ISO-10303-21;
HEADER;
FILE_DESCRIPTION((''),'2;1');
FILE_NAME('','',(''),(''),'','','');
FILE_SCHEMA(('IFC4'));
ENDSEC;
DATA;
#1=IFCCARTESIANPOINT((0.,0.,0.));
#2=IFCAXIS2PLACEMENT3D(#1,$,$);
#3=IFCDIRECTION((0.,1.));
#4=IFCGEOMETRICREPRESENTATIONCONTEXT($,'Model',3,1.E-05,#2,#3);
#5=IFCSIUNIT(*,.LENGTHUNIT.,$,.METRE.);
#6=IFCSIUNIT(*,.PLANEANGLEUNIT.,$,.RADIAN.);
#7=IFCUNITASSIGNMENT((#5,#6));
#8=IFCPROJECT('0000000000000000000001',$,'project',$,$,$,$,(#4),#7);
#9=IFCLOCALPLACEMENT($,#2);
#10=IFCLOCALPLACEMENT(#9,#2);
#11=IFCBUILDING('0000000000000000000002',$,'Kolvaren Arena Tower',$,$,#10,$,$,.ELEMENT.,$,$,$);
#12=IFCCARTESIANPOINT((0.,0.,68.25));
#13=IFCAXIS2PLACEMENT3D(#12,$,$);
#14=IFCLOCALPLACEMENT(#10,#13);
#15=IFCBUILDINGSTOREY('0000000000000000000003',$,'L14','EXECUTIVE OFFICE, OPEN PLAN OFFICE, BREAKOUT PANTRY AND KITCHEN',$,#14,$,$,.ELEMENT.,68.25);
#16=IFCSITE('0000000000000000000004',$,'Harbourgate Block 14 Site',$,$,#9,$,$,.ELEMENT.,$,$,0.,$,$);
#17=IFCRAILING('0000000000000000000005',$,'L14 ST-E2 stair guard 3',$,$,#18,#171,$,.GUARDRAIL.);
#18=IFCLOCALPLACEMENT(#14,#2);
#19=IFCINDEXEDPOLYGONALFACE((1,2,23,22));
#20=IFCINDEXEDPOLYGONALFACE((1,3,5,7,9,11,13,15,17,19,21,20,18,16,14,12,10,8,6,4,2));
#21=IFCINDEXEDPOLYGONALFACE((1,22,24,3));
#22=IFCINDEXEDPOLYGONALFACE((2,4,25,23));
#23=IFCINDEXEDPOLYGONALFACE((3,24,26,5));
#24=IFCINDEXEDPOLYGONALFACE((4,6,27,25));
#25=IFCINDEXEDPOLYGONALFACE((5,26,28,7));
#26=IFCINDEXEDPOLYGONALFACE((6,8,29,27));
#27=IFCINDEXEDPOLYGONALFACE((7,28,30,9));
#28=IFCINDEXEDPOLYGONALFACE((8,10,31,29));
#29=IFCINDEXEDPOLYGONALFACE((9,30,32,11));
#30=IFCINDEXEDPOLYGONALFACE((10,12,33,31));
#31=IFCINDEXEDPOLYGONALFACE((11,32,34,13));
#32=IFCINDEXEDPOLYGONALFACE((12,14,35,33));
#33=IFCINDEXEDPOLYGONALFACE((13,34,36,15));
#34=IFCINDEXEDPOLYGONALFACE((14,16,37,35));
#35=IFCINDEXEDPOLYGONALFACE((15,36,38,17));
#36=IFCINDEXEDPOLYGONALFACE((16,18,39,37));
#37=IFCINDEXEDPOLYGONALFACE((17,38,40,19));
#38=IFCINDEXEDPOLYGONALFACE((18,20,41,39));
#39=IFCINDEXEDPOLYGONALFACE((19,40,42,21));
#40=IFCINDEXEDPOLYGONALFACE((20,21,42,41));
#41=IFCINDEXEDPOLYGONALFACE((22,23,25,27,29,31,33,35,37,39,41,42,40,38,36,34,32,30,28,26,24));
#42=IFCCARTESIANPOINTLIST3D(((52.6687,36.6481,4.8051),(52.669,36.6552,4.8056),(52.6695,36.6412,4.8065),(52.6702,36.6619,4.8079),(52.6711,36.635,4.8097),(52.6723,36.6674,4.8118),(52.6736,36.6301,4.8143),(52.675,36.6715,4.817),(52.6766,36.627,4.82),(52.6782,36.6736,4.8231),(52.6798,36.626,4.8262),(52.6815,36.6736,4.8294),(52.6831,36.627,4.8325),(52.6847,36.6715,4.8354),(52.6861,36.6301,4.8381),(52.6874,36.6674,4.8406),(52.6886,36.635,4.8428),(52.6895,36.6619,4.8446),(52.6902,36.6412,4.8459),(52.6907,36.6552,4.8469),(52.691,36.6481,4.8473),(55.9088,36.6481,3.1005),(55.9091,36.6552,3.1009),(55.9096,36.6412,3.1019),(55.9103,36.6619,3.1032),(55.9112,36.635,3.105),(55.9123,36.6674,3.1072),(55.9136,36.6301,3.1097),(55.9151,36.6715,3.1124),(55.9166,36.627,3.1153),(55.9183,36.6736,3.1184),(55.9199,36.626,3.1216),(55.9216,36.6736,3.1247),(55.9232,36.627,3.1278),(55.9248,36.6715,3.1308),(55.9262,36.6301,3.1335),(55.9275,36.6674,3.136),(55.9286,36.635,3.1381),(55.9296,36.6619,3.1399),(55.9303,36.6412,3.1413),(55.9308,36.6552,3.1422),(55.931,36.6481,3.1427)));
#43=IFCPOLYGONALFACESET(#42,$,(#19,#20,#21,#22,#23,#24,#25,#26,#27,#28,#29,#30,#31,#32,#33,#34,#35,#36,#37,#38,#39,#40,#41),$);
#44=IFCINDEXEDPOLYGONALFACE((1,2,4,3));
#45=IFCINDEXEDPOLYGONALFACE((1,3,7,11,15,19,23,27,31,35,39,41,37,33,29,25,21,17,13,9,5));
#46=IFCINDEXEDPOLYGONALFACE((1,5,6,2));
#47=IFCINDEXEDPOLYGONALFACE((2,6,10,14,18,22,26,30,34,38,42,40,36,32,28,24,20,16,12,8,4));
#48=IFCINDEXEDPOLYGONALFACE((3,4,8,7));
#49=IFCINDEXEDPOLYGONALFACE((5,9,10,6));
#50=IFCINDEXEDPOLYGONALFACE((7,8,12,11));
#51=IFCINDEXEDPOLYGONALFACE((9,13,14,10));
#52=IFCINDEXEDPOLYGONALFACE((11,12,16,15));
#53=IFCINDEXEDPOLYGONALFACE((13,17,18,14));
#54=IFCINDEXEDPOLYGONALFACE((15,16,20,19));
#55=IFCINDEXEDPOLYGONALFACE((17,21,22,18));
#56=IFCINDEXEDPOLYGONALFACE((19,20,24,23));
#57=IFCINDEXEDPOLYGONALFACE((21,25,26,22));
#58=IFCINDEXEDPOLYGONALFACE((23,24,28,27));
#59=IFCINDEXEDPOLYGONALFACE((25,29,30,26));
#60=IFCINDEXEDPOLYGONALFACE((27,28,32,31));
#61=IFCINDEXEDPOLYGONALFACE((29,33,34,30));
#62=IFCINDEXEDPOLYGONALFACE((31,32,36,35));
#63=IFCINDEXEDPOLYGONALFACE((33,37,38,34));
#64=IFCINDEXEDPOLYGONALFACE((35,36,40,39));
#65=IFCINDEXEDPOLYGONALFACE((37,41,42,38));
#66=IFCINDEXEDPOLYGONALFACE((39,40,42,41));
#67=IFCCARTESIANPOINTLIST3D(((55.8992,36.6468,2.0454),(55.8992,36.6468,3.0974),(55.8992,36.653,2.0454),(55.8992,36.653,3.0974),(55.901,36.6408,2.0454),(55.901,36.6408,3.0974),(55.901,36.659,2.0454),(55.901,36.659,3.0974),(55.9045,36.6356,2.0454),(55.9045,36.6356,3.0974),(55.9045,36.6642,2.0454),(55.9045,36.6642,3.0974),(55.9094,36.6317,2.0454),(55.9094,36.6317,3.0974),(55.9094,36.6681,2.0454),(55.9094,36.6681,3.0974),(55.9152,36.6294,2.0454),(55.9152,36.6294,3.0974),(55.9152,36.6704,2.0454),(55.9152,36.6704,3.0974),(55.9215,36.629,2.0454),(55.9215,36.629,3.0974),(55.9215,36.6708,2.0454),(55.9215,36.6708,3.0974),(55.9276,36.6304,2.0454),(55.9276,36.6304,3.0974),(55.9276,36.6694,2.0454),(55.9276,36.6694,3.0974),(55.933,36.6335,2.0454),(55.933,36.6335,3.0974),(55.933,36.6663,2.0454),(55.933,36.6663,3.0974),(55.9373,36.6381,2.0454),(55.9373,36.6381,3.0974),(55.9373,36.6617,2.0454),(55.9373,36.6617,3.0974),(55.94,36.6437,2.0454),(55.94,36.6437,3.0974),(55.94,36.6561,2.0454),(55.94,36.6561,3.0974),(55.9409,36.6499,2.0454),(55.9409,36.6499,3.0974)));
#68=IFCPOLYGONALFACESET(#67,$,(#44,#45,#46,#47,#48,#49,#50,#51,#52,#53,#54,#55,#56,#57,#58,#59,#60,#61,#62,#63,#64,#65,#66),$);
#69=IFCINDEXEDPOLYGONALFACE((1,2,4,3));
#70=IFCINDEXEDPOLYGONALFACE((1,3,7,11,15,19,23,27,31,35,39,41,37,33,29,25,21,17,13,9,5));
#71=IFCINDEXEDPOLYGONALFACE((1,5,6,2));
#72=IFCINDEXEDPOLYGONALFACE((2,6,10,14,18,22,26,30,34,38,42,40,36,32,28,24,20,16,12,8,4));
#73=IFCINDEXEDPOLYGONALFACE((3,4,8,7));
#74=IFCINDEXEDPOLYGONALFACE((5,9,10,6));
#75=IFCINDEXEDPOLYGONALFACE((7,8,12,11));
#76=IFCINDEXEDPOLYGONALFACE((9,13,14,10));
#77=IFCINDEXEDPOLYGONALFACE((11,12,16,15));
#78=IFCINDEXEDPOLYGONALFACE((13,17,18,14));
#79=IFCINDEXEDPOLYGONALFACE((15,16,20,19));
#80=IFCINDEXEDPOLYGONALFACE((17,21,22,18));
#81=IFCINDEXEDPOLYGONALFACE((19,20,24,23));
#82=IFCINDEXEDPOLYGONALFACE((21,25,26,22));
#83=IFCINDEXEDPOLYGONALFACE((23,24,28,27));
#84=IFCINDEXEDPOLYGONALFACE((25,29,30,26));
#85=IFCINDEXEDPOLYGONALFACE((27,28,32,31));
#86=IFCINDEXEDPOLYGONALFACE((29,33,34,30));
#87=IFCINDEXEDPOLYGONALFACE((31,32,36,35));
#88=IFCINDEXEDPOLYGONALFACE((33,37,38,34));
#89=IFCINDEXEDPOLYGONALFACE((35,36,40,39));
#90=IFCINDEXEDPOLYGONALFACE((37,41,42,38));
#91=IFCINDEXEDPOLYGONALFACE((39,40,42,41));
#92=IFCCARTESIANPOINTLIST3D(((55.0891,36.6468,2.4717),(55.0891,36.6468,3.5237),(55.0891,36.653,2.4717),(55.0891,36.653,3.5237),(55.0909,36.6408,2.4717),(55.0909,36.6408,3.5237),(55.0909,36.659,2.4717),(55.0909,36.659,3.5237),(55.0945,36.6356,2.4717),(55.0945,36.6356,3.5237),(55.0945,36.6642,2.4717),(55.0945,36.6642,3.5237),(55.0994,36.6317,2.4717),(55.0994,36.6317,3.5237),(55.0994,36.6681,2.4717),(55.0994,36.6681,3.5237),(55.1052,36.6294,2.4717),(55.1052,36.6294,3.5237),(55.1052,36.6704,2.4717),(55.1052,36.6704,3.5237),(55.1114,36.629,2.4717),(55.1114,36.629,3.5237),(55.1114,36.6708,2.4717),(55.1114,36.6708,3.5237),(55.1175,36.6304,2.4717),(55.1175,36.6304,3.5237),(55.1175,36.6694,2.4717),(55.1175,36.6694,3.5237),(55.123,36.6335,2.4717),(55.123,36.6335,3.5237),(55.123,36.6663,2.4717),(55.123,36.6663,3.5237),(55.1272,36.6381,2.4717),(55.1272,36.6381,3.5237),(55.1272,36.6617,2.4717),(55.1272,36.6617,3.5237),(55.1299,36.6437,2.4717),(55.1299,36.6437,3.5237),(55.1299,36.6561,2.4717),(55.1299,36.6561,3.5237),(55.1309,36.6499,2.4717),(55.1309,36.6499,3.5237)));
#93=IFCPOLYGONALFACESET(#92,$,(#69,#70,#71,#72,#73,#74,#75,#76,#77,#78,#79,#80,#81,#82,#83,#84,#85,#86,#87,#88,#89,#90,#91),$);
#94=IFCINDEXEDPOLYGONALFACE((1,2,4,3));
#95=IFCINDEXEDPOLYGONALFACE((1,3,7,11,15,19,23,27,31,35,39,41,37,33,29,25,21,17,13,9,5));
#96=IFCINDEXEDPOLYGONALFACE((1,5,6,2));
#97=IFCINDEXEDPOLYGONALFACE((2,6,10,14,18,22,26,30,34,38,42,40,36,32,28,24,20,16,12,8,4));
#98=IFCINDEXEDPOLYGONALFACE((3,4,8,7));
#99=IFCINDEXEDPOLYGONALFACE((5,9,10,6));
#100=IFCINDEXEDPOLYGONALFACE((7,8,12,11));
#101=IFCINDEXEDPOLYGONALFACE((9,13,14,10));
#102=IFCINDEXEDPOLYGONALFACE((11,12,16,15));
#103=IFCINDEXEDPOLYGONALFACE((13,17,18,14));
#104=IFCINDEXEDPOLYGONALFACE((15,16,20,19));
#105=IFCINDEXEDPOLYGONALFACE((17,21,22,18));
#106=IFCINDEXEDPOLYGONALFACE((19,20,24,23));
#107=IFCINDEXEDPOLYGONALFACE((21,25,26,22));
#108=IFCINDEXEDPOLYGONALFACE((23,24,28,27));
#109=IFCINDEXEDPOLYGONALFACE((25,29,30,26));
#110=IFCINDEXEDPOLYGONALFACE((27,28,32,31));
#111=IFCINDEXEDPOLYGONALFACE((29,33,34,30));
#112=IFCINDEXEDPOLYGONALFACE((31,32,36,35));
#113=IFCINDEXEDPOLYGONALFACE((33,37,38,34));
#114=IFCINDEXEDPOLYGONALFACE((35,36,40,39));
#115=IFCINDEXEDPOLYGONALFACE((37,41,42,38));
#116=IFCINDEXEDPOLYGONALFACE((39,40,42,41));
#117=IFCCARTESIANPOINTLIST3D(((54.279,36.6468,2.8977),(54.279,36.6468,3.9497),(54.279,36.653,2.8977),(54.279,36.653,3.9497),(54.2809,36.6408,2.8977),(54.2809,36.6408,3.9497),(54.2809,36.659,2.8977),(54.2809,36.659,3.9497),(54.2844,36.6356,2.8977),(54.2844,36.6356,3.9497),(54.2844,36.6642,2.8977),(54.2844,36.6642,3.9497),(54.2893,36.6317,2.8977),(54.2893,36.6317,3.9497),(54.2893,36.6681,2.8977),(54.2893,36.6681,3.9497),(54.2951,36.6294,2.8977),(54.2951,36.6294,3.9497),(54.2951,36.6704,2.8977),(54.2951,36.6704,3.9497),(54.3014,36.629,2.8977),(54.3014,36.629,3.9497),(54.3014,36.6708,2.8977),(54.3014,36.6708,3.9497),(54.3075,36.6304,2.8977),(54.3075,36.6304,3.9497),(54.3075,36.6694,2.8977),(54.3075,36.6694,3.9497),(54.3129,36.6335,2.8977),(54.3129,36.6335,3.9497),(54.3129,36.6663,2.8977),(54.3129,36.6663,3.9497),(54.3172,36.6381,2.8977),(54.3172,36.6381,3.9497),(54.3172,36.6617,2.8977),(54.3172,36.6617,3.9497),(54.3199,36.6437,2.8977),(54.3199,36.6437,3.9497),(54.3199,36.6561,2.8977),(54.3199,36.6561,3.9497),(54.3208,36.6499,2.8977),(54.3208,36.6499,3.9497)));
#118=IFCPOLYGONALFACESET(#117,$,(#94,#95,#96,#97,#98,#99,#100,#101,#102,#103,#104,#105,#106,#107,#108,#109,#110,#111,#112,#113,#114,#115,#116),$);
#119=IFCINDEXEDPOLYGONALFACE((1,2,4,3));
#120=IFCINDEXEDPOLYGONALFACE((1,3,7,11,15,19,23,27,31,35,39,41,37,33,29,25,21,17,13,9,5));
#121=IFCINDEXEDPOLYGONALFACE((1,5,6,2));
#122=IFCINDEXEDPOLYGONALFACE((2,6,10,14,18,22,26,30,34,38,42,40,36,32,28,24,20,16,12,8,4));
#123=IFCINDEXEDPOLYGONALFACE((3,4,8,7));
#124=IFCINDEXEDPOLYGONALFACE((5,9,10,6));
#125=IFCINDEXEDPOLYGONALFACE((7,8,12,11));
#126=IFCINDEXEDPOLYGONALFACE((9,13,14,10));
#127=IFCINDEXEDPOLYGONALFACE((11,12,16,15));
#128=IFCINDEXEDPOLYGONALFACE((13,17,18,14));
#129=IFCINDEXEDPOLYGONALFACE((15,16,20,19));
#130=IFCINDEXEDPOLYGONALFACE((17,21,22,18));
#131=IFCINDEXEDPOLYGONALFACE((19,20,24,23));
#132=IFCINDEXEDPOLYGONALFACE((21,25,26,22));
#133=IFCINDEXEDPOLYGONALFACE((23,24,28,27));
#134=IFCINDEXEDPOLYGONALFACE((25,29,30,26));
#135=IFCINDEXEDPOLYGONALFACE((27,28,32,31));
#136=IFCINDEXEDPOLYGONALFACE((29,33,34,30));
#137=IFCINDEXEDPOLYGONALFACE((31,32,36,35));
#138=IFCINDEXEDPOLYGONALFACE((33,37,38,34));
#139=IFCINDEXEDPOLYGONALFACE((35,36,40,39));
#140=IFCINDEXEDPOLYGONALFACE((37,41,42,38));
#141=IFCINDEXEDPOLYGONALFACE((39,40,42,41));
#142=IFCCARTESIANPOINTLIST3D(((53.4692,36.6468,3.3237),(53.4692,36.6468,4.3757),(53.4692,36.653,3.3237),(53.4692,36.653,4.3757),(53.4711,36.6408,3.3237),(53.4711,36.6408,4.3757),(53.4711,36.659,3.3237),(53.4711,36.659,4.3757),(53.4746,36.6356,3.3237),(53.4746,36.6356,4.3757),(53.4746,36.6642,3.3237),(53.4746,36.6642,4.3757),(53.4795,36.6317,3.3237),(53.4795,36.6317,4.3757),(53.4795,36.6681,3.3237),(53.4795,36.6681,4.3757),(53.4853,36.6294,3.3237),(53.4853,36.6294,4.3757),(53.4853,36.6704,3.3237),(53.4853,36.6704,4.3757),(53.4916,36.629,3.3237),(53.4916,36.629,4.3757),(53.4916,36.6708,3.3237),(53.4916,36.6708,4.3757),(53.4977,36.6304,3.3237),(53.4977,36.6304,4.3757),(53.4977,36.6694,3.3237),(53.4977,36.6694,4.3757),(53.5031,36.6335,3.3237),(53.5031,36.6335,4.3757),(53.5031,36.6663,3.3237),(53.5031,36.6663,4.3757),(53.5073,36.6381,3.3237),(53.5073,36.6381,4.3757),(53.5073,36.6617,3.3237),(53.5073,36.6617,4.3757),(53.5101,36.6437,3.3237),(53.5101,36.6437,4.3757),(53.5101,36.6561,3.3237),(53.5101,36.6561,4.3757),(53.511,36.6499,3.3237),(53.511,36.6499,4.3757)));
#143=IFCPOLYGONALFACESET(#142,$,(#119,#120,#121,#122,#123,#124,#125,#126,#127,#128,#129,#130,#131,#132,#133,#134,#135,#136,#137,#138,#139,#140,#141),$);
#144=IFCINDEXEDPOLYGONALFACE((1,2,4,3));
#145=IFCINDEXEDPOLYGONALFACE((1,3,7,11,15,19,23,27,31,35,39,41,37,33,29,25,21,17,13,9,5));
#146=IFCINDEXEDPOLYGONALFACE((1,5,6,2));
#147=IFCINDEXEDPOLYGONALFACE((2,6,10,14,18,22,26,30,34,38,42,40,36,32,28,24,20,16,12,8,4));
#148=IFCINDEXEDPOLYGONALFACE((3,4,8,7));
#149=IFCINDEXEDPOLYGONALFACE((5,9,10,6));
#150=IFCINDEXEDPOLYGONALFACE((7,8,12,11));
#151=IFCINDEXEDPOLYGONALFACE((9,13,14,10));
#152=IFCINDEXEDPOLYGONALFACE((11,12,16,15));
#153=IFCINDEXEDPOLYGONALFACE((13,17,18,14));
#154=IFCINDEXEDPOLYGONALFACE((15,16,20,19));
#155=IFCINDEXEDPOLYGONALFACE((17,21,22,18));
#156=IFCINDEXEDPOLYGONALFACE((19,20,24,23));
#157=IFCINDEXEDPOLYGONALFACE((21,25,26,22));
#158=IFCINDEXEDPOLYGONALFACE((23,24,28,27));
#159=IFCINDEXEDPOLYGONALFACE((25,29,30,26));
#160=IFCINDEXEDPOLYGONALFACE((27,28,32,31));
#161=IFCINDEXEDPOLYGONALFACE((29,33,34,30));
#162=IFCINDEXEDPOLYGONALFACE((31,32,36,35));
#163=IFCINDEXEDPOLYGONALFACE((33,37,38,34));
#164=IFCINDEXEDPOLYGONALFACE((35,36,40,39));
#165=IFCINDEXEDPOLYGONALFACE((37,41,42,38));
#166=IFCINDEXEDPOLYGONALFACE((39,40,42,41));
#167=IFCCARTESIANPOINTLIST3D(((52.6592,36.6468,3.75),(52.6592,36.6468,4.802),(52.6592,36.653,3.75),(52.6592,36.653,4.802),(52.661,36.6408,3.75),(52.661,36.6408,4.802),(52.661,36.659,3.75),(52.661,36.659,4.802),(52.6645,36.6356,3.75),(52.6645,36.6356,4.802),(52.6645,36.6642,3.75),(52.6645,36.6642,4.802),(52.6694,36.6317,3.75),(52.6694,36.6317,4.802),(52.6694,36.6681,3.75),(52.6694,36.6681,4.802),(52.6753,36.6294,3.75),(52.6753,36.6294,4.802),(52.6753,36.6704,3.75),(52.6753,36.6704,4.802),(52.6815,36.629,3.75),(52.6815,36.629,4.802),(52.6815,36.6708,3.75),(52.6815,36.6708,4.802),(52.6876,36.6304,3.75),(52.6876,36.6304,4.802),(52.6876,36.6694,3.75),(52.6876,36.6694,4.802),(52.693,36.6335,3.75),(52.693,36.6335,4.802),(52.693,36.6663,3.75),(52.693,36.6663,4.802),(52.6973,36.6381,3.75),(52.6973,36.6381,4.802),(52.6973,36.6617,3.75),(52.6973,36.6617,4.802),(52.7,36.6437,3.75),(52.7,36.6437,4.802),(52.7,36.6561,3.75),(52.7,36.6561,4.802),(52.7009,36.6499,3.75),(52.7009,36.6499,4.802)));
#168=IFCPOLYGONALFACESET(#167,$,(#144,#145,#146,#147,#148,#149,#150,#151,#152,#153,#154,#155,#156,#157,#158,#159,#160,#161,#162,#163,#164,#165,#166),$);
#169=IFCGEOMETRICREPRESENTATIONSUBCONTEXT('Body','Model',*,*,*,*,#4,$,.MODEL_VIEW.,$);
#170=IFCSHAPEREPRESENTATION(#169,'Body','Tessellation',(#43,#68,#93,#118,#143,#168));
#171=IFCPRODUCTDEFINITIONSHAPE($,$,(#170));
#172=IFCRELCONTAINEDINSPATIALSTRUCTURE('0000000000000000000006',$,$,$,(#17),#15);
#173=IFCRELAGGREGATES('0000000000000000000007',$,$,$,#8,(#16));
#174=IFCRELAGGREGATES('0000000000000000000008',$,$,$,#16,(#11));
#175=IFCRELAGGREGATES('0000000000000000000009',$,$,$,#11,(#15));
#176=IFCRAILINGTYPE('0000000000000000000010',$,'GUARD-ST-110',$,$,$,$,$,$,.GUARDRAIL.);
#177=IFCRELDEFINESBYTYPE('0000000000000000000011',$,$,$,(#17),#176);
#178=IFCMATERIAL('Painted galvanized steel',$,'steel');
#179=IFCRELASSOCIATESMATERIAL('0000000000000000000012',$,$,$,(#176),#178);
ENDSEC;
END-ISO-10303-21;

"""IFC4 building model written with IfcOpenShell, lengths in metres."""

from ifc_helpers import new_model, si_unit, direction, frame, origin, origin_2d, place, context, subcontext, project, spatial, circle, extrude, material, type_object, element, save


model = new_model("IFC4")

# Units and contexts
model_context = context("Model", 3, precision=1e-05, world=origin(), true_north=direction((0.0, 1.0)))
body_context = subcontext(model_context, "Body", "Model", "MODEL_VIEW")
ifc_project = project(units=[si_unit("LENGTHUNIT", "METRE"), si_unit("PLANEANGLEUNIT", "RADIAN")], contexts=[model_context])

# Site, building, storey
site_placement = place(None, origin())
site = spatial("IfcSite", under=ifc_project, at=site_placement, Name="Harbourgate Block 14 Site", CompositionType="ELEMENT", RefElevation=0.0)
building_placement = place(site_placement, origin())
building = spatial("IfcBuilding", under=site, at=building_placement, Name="Kolvaren Arena Tower", CompositionType="ELEMENT")
storey_placement = place(building_placement, frame((0.0, 0.0, 68.25)))
storey = spatial("IfcBuildingStorey", under=building, at=storey_placement, Name="L14", Description="EXECUTIVE OFFICE, OPEN PLAN OFFICE, BREAKOUT PANTRY AND KITCHEN", CompositionType="ELEMENT", Elevation=68.25)

# Railing
ifc_material_1 = material(Name="Painted galvanized steel", Category="steel")
railing_type = type_object("IfcRailingType", Name="GUARD-ST-110", PredefinedType="GUARDRAIL", material=ifc_material_1)
railing_1_placement = place(storey_placement, frame((55.9199, 36.6499, 2.0454)))
element("IfcRailing", 1, at=railing_1_placement, inside=storey, type_object=railing_type, Name="L14 ST-E2 stair guard 3", PredefinedType="GUARDRAIL", context=body_context, shape_type="SweptSolid", body=[
    extrude(circle(Radius=0.0239, at=origin_2d()), frame((0.0, 0.0, 1.0762), z_axis=(-0.884993, 0.0, 0.465604), x_axis=(0.0, -1.0, 0.0)), (0.0, 0.0, 1.0), 3.6611),
    extrude(circle(Radius=0.021, at=origin_2d()), origin(), (0.0, 0.0, 1.0), 1.052),
    extrude(circle(Radius=0.021, at=origin_2d()), frame((-0.8101, 0.0, 0.4263)), (0.0, 0.0, 1.0), 1.052),
    extrude(circle(Radius=0.021, at=origin_2d()), frame((-1.6201, 0.0, 0.8523)), (0.0, 0.0, 1.0), 1.052),
    extrude(circle(Radius=0.021, at=origin_2d()), frame((-2.4299, 0.0, 1.2783)), (0.0, 0.0, 1.0), 1.052),
    extrude(circle(Radius=0.021, at=origin_2d()), frame((-3.24, 0.0, 1.7046)), (0.0, 0.0, 1.0), 1.052),
])

save(model, "model.ifc")
